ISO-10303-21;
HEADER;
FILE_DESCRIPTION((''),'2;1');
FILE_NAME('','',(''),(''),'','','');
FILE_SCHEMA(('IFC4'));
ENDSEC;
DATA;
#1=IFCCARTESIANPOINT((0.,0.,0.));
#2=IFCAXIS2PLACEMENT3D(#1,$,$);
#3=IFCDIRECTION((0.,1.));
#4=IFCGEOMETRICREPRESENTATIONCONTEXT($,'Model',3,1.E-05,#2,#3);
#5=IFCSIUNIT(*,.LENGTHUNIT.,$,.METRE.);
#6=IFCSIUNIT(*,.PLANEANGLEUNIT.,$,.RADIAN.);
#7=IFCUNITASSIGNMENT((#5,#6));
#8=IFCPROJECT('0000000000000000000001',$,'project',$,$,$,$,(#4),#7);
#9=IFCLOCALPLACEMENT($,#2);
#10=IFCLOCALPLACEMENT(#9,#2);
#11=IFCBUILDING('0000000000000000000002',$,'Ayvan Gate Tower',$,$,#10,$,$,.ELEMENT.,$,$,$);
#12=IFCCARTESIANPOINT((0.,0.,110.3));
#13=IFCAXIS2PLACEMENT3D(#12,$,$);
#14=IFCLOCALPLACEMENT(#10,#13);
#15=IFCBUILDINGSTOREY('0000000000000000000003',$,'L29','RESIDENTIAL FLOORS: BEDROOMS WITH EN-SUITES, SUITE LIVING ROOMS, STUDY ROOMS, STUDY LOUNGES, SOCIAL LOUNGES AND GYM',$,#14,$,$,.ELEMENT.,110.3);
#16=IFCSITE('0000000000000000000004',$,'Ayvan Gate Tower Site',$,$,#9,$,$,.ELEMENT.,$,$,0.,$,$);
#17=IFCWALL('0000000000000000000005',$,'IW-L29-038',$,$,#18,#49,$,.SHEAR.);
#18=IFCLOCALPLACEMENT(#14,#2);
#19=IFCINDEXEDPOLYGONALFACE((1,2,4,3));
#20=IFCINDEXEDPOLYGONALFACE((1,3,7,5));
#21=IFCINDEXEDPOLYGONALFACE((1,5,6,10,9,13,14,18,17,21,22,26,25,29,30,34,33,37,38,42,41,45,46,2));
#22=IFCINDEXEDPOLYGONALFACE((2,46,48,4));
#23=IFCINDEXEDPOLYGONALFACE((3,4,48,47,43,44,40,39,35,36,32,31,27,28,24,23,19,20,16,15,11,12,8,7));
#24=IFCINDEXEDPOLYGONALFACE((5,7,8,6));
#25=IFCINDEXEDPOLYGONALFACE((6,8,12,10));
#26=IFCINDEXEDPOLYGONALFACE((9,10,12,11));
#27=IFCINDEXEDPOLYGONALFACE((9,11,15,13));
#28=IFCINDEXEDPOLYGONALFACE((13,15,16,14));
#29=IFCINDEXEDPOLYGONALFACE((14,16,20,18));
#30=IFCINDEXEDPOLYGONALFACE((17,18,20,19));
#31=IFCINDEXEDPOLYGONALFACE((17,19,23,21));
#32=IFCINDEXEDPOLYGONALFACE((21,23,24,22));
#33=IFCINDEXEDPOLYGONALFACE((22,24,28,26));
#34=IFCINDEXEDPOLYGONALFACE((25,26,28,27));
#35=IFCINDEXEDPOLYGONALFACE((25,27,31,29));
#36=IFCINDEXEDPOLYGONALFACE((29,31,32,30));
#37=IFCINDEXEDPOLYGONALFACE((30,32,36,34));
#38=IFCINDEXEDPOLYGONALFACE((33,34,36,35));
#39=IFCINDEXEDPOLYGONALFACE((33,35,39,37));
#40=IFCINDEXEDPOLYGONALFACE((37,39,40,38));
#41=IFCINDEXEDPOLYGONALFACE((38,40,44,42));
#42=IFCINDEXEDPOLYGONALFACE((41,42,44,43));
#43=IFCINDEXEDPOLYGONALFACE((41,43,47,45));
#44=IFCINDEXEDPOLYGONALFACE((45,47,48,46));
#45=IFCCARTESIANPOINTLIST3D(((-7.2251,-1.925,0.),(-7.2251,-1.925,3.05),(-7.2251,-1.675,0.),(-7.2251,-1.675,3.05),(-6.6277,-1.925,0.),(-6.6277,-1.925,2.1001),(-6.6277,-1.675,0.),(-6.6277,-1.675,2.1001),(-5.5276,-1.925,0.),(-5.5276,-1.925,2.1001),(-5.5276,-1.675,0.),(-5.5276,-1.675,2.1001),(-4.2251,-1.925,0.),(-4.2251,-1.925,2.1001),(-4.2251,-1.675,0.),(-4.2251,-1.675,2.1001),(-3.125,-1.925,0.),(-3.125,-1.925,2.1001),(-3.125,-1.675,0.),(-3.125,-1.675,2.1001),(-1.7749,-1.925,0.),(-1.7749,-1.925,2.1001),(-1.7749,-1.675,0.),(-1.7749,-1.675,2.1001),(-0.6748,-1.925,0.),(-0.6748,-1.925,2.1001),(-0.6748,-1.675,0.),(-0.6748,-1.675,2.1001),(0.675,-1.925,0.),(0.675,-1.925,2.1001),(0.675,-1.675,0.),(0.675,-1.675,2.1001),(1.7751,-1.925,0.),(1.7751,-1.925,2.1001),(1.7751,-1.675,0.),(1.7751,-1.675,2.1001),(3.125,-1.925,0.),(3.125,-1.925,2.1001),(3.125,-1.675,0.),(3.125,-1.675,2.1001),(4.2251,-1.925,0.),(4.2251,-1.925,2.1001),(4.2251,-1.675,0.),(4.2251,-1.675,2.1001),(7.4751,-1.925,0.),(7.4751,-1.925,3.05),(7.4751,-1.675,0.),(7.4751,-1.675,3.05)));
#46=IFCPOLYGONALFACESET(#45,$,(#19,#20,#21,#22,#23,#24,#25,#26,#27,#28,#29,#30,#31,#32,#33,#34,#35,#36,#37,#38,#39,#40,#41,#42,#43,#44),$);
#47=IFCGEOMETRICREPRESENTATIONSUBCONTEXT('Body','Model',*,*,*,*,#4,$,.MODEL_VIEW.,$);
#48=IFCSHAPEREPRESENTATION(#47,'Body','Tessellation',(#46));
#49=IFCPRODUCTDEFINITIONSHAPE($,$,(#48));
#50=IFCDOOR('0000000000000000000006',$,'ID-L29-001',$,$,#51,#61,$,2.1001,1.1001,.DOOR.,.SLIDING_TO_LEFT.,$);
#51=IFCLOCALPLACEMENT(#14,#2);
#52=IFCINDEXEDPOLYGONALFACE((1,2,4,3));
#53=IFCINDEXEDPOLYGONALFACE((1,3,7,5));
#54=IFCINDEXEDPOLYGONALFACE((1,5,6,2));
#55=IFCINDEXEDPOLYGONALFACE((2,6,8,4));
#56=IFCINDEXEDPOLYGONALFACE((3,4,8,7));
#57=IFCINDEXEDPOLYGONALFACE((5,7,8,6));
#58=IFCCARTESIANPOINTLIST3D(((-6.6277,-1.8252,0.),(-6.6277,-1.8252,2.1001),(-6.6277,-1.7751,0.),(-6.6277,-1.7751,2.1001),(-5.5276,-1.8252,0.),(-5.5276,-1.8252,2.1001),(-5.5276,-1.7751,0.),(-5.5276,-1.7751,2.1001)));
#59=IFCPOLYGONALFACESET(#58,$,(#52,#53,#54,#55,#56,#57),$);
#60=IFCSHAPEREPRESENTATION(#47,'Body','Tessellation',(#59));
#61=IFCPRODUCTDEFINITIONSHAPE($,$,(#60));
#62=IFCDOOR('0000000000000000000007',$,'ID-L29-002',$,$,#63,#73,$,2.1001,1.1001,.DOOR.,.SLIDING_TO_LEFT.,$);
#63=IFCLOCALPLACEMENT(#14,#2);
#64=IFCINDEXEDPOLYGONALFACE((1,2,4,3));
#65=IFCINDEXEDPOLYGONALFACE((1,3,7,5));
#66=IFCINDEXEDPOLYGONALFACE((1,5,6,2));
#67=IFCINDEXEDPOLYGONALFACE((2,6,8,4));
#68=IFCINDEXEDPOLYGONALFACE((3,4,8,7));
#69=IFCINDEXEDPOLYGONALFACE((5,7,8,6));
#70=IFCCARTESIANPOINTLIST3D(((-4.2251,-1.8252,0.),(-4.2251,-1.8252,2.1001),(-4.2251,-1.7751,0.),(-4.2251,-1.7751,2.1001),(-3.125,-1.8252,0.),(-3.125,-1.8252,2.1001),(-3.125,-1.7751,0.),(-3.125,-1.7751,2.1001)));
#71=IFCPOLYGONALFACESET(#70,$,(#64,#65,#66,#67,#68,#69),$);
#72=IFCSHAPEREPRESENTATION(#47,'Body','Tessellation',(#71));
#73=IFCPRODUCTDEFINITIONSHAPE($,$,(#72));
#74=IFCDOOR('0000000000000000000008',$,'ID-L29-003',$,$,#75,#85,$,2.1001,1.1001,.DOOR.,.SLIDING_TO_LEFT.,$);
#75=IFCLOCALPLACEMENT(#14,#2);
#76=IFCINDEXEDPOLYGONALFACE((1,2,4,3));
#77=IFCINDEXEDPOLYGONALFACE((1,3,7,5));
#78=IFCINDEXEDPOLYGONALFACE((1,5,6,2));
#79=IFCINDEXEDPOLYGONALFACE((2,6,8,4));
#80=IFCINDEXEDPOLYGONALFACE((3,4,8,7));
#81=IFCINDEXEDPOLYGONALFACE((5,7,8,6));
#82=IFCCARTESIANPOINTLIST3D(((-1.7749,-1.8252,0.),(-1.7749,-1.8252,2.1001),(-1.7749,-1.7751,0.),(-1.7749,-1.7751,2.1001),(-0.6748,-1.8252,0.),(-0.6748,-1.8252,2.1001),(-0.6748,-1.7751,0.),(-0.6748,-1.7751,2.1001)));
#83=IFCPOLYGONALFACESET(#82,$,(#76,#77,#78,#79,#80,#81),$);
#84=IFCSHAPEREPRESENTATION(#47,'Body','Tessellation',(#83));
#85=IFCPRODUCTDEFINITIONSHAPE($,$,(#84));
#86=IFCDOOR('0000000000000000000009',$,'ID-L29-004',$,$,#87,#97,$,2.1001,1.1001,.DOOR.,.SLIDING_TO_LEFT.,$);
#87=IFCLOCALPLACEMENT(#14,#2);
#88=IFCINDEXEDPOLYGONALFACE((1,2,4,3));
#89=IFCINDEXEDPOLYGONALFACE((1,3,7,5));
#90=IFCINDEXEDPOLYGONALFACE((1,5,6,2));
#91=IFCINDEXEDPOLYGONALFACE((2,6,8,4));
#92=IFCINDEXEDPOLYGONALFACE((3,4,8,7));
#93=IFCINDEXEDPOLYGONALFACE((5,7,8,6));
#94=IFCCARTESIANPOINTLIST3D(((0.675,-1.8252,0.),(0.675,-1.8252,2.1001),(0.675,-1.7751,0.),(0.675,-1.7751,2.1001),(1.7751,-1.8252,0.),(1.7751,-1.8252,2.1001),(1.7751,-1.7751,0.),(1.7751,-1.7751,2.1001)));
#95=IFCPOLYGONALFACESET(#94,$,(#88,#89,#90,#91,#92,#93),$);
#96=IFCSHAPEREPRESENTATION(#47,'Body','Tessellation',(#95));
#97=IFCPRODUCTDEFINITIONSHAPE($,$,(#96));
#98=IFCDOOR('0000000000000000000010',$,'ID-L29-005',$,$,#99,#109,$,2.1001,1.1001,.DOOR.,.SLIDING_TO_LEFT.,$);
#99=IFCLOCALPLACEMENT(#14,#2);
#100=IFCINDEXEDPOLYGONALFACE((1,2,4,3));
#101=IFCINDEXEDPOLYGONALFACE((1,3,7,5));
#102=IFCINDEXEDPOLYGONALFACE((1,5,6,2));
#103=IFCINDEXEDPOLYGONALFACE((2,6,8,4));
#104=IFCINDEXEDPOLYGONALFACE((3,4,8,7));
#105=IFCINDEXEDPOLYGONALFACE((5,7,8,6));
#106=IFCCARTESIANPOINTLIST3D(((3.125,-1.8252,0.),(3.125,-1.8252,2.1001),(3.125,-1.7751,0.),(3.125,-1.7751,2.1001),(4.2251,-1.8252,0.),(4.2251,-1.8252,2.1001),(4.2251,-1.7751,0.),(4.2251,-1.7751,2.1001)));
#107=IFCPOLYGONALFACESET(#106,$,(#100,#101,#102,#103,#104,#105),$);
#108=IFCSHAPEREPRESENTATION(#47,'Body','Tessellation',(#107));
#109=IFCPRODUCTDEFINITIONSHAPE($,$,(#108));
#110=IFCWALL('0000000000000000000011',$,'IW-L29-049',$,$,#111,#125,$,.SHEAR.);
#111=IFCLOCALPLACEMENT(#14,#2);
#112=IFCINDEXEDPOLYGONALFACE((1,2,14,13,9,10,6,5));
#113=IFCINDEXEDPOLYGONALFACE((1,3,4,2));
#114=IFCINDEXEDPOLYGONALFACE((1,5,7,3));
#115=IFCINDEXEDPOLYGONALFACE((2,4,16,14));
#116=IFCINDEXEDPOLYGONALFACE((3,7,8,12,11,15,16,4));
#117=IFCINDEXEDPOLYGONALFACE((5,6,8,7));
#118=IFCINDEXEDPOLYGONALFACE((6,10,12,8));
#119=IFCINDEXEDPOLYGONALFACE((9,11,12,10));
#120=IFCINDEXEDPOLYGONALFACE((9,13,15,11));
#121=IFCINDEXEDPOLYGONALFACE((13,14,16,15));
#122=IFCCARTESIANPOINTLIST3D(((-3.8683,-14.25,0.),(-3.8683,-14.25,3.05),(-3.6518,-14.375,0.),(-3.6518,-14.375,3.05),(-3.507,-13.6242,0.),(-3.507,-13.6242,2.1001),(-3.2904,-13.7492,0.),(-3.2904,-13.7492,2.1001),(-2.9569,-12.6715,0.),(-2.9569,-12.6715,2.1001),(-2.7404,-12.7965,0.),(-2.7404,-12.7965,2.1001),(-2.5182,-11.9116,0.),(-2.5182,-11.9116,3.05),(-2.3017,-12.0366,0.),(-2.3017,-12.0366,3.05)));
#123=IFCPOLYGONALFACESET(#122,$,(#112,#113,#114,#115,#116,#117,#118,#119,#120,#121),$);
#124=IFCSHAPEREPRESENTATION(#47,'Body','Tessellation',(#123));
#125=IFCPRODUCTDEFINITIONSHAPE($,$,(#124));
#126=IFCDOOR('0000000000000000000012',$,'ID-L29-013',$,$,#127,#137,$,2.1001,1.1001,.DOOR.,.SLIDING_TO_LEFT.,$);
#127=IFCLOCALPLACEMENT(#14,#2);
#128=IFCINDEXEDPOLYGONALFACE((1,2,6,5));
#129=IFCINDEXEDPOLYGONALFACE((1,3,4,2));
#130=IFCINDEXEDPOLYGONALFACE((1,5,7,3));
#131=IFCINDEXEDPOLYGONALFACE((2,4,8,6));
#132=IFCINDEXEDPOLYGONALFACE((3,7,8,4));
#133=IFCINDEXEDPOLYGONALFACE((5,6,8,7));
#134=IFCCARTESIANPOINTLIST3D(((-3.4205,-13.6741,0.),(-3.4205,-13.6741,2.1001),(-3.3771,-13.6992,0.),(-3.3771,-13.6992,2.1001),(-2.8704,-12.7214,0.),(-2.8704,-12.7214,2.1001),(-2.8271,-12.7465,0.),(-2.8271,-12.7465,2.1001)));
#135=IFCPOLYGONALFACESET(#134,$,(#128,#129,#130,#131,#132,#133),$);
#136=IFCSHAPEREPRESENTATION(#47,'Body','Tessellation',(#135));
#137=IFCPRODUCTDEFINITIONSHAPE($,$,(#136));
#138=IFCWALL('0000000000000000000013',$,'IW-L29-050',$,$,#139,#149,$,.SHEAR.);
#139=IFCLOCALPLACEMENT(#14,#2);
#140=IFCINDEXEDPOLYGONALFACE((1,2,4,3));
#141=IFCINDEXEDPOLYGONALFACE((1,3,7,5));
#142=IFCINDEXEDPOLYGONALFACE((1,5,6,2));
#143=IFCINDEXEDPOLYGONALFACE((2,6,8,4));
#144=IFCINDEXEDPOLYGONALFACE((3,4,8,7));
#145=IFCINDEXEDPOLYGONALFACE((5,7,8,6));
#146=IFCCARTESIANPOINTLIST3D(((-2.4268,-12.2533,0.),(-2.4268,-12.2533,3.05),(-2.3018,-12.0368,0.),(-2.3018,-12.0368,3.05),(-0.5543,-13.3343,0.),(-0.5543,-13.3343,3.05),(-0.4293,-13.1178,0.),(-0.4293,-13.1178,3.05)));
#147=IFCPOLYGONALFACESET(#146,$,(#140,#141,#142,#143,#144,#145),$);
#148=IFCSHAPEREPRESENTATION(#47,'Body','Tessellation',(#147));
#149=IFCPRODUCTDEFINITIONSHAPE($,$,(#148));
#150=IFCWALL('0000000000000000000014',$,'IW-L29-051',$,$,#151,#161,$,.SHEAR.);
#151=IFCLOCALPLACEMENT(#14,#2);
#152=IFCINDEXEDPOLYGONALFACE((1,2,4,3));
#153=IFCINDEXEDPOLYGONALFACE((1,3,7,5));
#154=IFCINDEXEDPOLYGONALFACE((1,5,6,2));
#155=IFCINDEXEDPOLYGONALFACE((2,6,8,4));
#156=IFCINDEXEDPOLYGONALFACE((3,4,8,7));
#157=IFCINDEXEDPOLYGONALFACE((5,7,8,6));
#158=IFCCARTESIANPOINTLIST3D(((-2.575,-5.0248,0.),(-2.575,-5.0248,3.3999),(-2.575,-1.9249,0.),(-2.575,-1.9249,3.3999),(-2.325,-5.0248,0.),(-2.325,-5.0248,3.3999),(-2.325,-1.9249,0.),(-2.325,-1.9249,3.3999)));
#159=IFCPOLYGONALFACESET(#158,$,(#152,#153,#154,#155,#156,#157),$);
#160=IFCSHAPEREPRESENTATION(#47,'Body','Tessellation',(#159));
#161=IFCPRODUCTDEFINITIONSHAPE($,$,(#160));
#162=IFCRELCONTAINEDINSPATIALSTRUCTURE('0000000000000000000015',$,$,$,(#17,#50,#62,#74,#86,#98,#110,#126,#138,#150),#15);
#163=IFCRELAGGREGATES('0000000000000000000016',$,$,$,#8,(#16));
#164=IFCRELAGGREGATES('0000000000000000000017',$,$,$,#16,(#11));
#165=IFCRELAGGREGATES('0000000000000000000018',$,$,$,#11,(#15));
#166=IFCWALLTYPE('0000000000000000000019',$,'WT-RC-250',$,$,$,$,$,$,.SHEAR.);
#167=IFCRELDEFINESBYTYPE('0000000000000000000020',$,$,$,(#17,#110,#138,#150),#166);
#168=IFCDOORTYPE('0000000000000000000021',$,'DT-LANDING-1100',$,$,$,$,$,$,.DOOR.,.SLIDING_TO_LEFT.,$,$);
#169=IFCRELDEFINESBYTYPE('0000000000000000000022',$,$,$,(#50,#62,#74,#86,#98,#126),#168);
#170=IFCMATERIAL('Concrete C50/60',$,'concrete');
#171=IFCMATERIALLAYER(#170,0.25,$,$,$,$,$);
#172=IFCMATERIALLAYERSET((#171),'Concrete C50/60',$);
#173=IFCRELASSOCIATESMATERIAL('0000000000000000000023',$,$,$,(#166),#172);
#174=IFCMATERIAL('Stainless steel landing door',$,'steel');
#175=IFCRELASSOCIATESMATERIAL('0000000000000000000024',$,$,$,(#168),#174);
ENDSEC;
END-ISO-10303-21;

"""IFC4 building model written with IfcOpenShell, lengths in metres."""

from ifc_helpers import new_model, si_unit, direction, frame, frame_2d, origin, place, context, subcontext, project, spatial, rectangle, extrude, material, layer, layer_set, type_object, element, fill, save


model = new_model("IFC4")

# Units and contexts
model_context = context("Model", 3, precision=1e-05, world=origin(), true_north=direction((0.0, 1.0)))
body_context = subcontext(model_context, "Body", "Model", "MODEL_VIEW")
ifc_project = project(units=[si_unit("LENGTHUNIT", "METRE"), si_unit("PLANEANGLEUNIT", "RADIAN")], contexts=[model_context])

# Site, building, storey
site_placement = place(None, origin())
site = spatial("IfcSite", under=ifc_project, at=site_placement, Name="Ayvan Gate Tower Site", CompositionType="ELEMENT", RefElevation=0.0)
building_placement = place(site_placement, origin())
building = spatial("IfcBuilding", under=site, at=building_placement, Name="Ayvan Gate Tower", CompositionType="ELEMENT")
storey_placement = place(building_placement, frame((0.0, 0.0, 110.3)))
storey = spatial("IfcBuildingStorey", under=building, at=storey_placement, Name="L29", Description="RESIDENTIAL FLOORS: BEDROOMS WITH EN-SUITES, SUITE LIVING ROOMS, STUDY ROOMS, STUDY LOUNGES, SOCIAL LOUNGES AND GYM", CompositionType="ELEMENT", Elevation=110.3)

# Shared definitions
ifc_material_1 = material(Name="Concrete C50/60", Category="concrete")
ifc_layer_1 = layer(ifc_material_1, 0.25)
ifc_layer_set_1 = layer_set([ifc_layer_1], Name="Concrete C50/60")
wall_type_1 = type_object("IfcWallType", Name="WT-RC-250", PredefinedType="SHEAR", material=ifc_layer_set_1)

# Wall, openings, doors
wall_1_placement = place(storey_placement, frame((-7.2251, -1.8, 0.0), z_axis=(0.0, 0.0, 1.0), x_axis=(1.0, 0.0, 0.0)))
wall_1 = element("IfcWall", 1, at=wall_1_placement, inside=storey, type_object=wall_type_1, Name="IW-L29-038", PredefinedType="SHEAR", context=body_context, shape_type="SweptSolid", body=[
    extrude(rectangle(XDim=14.7002, YDim=0.25, at=frame_2d((7.3501, 0.0))), origin(), (0.0, 0.0, 1.0), 3.05),
])
opening_1_placement = place(wall_1_placement, frame((0.5974, 0.0, 0.0)))
opening_1 = element("IfcOpeningElement", 2, at=opening_1_placement, cuts=wall_1, PredefinedType="OPENING", context=body_context, shape_type="SweptSolid", body=[
    extrude(rectangle(XDim=1.1001, YDim=2.1001, at=frame_2d((0.55, 1.05))), frame((0.0, 0.135, 0.0), z_axis=(0.0, -1.0, 0.0), x_axis=(1.0, 0.0, 0.0)), (0.0, 0.0, 1.0), 0.27),
])
opening_2_placement = place(wall_1_placement, frame((3.0, 0.0, 0.0)))
opening_2 = element("IfcOpeningElement", 3, at=opening_2_placement, cuts=wall_1, PredefinedType="OPENING", context=body_context, shape_type="SweptSolid", body=[
    extrude(rectangle(XDim=1.1001, YDim=2.1001, at=frame_2d((0.55, 1.05))), frame((0.0, 0.135, 0.0), z_axis=(0.0, -1.0, 0.0), x_axis=(1.0, 0.0, 0.0)), (0.0, 0.0, 1.0), 0.27),
])
opening_3_placement = place(wall_1_placement, frame((5.4502, 0.0, 0.0)))
opening_3 = element("IfcOpeningElement", 4, at=opening_3_placement, cuts=wall_1, PredefinedType="OPENING", context=body_context, shape_type="SweptSolid", body=[
    extrude(rectangle(XDim=1.1001, YDim=2.1001, at=frame_2d((0.55, 1.05))), frame((0.0, 0.135, 0.0), z_axis=(0.0, -1.0, 0.0), x_axis=(1.0, 0.0, 0.0)), (0.0, 0.0, 1.0), 0.27),
])
opening_4_placement = place(wall_1_placement, frame((7.9001, 0.0, 0.0)))
opening_4 = element("IfcOpeningElement", 5, at=opening_4_placement, cuts=wall_1, PredefinedType="OPENING", context=body_context, shape_type="SweptSolid", body=[
    extrude(rectangle(XDim=1.1001, YDim=2.1001, at=frame_2d((0.55, 1.05))), frame((0.0, 0.135, 0.0), z_axis=(0.0, -1.0, 0.0), x_axis=(1.0, 0.0, 0.0)), (0.0, 0.0, 1.0), 0.27),
])
opening_5_placement = place(wall_1_placement, frame((10.3501, 0.0, 0.0)))
opening_5 = element("IfcOpeningElement", 6, at=opening_5_placement, cuts=wall_1, PredefinedType="OPENING", context=body_context, shape_type="SweptSolid", body=[
    extrude(rectangle(XDim=1.1001, YDim=2.1001, at=frame_2d((0.55, 1.05))), frame((0.0, 0.135, 0.0), z_axis=(0.0, -1.0, 0.0), x_axis=(1.0, 0.0, 0.0)), (0.0, 0.0, 1.0), 0.27),
])
ifc_material_2 = material(Name="Stainless steel landing door", Category="steel")
door_type_1 = type_object("IfcDoorType", Name="DT-LANDING-1100", OperationType="SLIDING_TO_LEFT", PredefinedType="DOOR", material=ifc_material_2)
door_1_placement = place(opening_1_placement, origin())
door_1 = element("IfcDoor", 7, at=door_1_placement, inside=storey, type_object=door_type_1, Name="ID-L29-001", OperationType="SLIDING_TO_LEFT", OverallHeight=2.1001, OverallWidth=1.1001, PredefinedType="DOOR", context=body_context, shape_type="SweptSolid", body=[
    extrude(rectangle(XDim=1.1001, YDim=2.1001, at=frame_2d((0.55, 1.05))), frame((0.0, 0.0249, 0.0), z_axis=(0.0, -1.0, 0.0), x_axis=(1.0, 0.0, 0.0)), (0.0, 0.0, 1.0), 0.05),
])
fill(opening_1, door_1)
door_2_placement = place(opening_2_placement, origin())
door_2 = element("IfcDoor", 8, at=door_2_placement, inside=storey, type_object=door_type_1, Name="ID-L29-002", OperationType="SLIDING_TO_LEFT", OverallHeight=2.1001, OverallWidth=1.1001, PredefinedType="DOOR", context=body_context, shape_type="SweptSolid", body=[
    extrude(rectangle(XDim=1.1001, YDim=2.1001, at=frame_2d((0.55, 1.05))), frame((0.0, 0.0249, 0.0), z_axis=(0.0, -1.0, 0.0), x_axis=(1.0, 0.0, 0.0)), (0.0, 0.0, 1.0), 0.05),
])
fill(opening_2, door_2)
door_3_placement = place(opening_3_placement, origin())
door_3 = element("IfcDoor", 9, at=door_3_placement, inside=storey, type_object=door_type_1, Name="ID-L29-003", OperationType="SLIDING_TO_LEFT", OverallHeight=2.1001, OverallWidth=1.1001, PredefinedType="DOOR", context=body_context, shape_type="SweptSolid", body=[
    extrude(rectangle(XDim=1.1001, YDim=2.1001, at=frame_2d((0.55, 1.05))), frame((0.0, 0.0249, 0.0), z_axis=(0.0, -1.0, 0.0), x_axis=(1.0, 0.0, 0.0)), (0.0, 0.0, 1.0), 0.05),
])
fill(opening_3, door_3)
door_4_placement = place(opening_4_placement, origin())
door_4 = element("IfcDoor", 10, at=door_4_placement, inside=storey, type_object=door_type_1, Name="ID-L29-004", OperationType="SLIDING_TO_LEFT", OverallHeight=2.1001, OverallWidth=1.1001, PredefinedType="DOOR", context=body_context, shape_type="SweptSolid", body=[
    extrude(rectangle(XDim=1.1001, YDim=2.1001, at=frame_2d((0.55, 1.05))), frame((0.0, 0.0249, 0.0), z_axis=(0.0, -1.0, 0.0), x_axis=(1.0, 0.0, 0.0)), (0.0, 0.0, 1.0), 0.05),
])
fill(opening_4, door_4)
door_5_placement = place(opening_5_placement, origin())
door_5 = element("IfcDoor", 11, at=door_5_placement, inside=storey, type_object=door_type_1, Name="ID-L29-005", OperationType="SLIDING_TO_LEFT", OverallHeight=2.1001, OverallWidth=1.1001, PredefinedType="DOOR", context=body_context, shape_type="SweptSolid", body=[
    extrude(rectangle(XDim=1.1001, YDim=2.1001, at=frame_2d((0.55, 1.05))), frame((0.0, 0.0249, 0.0), z_axis=(0.0, -1.0, 0.0), x_axis=(1.0, 0.0, 0.0)), (0.0, 0.0, 1.0), 0.05),
])
fill(opening_5, door_5)

# Wall, opening, door
wall_2_placement = place(storey_placement, frame((-2.4099, -11.9741, 0.0), z_axis=(0.0, 0.0, 1.0), x_axis=(-0.500009, -0.86602, 0.0)))
wall_2 = element("IfcWall", 12, at=wall_2_placement, inside=storey, type_object=wall_type_1, Name="IW-L29-049", PredefinedType="SHEAR", context=body_context, shape_type="SweptSolid", body=[
    extrude(rectangle(XDim=2.7002, YDim=0.25, at=frame_2d((1.3501, 0.0))), origin(), (0.0, 0.0, 1.0), 3.05),
])
opening_6_placement = place(wall_2_placement, frame((0.8774, 0.0, 0.0)))
opening_6 = element("IfcOpeningElement", 13, at=opening_6_placement, cuts=wall_2, PredefinedType="OPENING", context=body_context, shape_type="SweptSolid", body=[
    extrude(rectangle(XDim=1.1001, YDim=2.1001, at=frame_2d((0.55, 1.05))), frame((0.0, 0.135, 0.0), z_axis=(0.0, -1.0, 0.0), x_axis=(1.0, 0.0, 0.0)), (0.0, 0.0, 1.0), 0.27),
])
door_6_placement = place(opening_6_placement, origin())
door_6 = element("IfcDoor", 14, at=door_6_placement, inside=storey, type_object=door_type_1, Name="ID-L29-013", OperationType="SLIDING_TO_LEFT", OverallHeight=2.1001, OverallWidth=1.1001, PredefinedType="DOOR", context=body_context, shape_type="SweptSolid", body=[
    extrude(rectangle(XDim=1.1001, YDim=2.1001, at=frame_2d((0.55, 1.05))), frame((0.0, 0.0249, 0.0), z_axis=(0.0, -1.0, 0.0), x_axis=(1.0, 0.0, 0.0)), (0.0, 0.0, 1.0), 0.05),
])
fill(opening_6, door_6)

# Walls
wall_3_placement = place(storey_placement, frame((-2.3643, -12.145, 0.0), z_axis=(0.0, 0.0, 1.0), x_axis=(0.866039, -0.499977, 0.0)))
element("IfcWall", 15, at=wall_3_placement, inside=storey, type_object=wall_type_1, Name="IW-L29-050", PredefinedType="SHEAR", context=body_context, shape_type="SweptSolid", body=[
    extrude(rectangle(XDim=2.1621, YDim=0.25, at=frame_2d((1.0811, 0.0))), origin(), (0.0, 0.0, 1.0), 3.05),
])
wall_4_placement = place(storey_placement, frame((-2.45, -1.925, 0.0), z_axis=(0.0, 0.0, 1.0), x_axis=(0.0, -1.0, 0.0)))
element("IfcWall", 16, at=wall_4_placement, inside=storey, type_object=wall_type_1, Name="IW-L29-051", PredefinedType="SHEAR", context=body_context, shape_type="SweptSolid", body=[
    extrude(rectangle(XDim=3.0999, YDim=0.25, at=frame_2d((1.5498, 0.0))), origin(), (0.0, 0.0, 1.0), 3.3999),
])

save(model, "model.ifc")
